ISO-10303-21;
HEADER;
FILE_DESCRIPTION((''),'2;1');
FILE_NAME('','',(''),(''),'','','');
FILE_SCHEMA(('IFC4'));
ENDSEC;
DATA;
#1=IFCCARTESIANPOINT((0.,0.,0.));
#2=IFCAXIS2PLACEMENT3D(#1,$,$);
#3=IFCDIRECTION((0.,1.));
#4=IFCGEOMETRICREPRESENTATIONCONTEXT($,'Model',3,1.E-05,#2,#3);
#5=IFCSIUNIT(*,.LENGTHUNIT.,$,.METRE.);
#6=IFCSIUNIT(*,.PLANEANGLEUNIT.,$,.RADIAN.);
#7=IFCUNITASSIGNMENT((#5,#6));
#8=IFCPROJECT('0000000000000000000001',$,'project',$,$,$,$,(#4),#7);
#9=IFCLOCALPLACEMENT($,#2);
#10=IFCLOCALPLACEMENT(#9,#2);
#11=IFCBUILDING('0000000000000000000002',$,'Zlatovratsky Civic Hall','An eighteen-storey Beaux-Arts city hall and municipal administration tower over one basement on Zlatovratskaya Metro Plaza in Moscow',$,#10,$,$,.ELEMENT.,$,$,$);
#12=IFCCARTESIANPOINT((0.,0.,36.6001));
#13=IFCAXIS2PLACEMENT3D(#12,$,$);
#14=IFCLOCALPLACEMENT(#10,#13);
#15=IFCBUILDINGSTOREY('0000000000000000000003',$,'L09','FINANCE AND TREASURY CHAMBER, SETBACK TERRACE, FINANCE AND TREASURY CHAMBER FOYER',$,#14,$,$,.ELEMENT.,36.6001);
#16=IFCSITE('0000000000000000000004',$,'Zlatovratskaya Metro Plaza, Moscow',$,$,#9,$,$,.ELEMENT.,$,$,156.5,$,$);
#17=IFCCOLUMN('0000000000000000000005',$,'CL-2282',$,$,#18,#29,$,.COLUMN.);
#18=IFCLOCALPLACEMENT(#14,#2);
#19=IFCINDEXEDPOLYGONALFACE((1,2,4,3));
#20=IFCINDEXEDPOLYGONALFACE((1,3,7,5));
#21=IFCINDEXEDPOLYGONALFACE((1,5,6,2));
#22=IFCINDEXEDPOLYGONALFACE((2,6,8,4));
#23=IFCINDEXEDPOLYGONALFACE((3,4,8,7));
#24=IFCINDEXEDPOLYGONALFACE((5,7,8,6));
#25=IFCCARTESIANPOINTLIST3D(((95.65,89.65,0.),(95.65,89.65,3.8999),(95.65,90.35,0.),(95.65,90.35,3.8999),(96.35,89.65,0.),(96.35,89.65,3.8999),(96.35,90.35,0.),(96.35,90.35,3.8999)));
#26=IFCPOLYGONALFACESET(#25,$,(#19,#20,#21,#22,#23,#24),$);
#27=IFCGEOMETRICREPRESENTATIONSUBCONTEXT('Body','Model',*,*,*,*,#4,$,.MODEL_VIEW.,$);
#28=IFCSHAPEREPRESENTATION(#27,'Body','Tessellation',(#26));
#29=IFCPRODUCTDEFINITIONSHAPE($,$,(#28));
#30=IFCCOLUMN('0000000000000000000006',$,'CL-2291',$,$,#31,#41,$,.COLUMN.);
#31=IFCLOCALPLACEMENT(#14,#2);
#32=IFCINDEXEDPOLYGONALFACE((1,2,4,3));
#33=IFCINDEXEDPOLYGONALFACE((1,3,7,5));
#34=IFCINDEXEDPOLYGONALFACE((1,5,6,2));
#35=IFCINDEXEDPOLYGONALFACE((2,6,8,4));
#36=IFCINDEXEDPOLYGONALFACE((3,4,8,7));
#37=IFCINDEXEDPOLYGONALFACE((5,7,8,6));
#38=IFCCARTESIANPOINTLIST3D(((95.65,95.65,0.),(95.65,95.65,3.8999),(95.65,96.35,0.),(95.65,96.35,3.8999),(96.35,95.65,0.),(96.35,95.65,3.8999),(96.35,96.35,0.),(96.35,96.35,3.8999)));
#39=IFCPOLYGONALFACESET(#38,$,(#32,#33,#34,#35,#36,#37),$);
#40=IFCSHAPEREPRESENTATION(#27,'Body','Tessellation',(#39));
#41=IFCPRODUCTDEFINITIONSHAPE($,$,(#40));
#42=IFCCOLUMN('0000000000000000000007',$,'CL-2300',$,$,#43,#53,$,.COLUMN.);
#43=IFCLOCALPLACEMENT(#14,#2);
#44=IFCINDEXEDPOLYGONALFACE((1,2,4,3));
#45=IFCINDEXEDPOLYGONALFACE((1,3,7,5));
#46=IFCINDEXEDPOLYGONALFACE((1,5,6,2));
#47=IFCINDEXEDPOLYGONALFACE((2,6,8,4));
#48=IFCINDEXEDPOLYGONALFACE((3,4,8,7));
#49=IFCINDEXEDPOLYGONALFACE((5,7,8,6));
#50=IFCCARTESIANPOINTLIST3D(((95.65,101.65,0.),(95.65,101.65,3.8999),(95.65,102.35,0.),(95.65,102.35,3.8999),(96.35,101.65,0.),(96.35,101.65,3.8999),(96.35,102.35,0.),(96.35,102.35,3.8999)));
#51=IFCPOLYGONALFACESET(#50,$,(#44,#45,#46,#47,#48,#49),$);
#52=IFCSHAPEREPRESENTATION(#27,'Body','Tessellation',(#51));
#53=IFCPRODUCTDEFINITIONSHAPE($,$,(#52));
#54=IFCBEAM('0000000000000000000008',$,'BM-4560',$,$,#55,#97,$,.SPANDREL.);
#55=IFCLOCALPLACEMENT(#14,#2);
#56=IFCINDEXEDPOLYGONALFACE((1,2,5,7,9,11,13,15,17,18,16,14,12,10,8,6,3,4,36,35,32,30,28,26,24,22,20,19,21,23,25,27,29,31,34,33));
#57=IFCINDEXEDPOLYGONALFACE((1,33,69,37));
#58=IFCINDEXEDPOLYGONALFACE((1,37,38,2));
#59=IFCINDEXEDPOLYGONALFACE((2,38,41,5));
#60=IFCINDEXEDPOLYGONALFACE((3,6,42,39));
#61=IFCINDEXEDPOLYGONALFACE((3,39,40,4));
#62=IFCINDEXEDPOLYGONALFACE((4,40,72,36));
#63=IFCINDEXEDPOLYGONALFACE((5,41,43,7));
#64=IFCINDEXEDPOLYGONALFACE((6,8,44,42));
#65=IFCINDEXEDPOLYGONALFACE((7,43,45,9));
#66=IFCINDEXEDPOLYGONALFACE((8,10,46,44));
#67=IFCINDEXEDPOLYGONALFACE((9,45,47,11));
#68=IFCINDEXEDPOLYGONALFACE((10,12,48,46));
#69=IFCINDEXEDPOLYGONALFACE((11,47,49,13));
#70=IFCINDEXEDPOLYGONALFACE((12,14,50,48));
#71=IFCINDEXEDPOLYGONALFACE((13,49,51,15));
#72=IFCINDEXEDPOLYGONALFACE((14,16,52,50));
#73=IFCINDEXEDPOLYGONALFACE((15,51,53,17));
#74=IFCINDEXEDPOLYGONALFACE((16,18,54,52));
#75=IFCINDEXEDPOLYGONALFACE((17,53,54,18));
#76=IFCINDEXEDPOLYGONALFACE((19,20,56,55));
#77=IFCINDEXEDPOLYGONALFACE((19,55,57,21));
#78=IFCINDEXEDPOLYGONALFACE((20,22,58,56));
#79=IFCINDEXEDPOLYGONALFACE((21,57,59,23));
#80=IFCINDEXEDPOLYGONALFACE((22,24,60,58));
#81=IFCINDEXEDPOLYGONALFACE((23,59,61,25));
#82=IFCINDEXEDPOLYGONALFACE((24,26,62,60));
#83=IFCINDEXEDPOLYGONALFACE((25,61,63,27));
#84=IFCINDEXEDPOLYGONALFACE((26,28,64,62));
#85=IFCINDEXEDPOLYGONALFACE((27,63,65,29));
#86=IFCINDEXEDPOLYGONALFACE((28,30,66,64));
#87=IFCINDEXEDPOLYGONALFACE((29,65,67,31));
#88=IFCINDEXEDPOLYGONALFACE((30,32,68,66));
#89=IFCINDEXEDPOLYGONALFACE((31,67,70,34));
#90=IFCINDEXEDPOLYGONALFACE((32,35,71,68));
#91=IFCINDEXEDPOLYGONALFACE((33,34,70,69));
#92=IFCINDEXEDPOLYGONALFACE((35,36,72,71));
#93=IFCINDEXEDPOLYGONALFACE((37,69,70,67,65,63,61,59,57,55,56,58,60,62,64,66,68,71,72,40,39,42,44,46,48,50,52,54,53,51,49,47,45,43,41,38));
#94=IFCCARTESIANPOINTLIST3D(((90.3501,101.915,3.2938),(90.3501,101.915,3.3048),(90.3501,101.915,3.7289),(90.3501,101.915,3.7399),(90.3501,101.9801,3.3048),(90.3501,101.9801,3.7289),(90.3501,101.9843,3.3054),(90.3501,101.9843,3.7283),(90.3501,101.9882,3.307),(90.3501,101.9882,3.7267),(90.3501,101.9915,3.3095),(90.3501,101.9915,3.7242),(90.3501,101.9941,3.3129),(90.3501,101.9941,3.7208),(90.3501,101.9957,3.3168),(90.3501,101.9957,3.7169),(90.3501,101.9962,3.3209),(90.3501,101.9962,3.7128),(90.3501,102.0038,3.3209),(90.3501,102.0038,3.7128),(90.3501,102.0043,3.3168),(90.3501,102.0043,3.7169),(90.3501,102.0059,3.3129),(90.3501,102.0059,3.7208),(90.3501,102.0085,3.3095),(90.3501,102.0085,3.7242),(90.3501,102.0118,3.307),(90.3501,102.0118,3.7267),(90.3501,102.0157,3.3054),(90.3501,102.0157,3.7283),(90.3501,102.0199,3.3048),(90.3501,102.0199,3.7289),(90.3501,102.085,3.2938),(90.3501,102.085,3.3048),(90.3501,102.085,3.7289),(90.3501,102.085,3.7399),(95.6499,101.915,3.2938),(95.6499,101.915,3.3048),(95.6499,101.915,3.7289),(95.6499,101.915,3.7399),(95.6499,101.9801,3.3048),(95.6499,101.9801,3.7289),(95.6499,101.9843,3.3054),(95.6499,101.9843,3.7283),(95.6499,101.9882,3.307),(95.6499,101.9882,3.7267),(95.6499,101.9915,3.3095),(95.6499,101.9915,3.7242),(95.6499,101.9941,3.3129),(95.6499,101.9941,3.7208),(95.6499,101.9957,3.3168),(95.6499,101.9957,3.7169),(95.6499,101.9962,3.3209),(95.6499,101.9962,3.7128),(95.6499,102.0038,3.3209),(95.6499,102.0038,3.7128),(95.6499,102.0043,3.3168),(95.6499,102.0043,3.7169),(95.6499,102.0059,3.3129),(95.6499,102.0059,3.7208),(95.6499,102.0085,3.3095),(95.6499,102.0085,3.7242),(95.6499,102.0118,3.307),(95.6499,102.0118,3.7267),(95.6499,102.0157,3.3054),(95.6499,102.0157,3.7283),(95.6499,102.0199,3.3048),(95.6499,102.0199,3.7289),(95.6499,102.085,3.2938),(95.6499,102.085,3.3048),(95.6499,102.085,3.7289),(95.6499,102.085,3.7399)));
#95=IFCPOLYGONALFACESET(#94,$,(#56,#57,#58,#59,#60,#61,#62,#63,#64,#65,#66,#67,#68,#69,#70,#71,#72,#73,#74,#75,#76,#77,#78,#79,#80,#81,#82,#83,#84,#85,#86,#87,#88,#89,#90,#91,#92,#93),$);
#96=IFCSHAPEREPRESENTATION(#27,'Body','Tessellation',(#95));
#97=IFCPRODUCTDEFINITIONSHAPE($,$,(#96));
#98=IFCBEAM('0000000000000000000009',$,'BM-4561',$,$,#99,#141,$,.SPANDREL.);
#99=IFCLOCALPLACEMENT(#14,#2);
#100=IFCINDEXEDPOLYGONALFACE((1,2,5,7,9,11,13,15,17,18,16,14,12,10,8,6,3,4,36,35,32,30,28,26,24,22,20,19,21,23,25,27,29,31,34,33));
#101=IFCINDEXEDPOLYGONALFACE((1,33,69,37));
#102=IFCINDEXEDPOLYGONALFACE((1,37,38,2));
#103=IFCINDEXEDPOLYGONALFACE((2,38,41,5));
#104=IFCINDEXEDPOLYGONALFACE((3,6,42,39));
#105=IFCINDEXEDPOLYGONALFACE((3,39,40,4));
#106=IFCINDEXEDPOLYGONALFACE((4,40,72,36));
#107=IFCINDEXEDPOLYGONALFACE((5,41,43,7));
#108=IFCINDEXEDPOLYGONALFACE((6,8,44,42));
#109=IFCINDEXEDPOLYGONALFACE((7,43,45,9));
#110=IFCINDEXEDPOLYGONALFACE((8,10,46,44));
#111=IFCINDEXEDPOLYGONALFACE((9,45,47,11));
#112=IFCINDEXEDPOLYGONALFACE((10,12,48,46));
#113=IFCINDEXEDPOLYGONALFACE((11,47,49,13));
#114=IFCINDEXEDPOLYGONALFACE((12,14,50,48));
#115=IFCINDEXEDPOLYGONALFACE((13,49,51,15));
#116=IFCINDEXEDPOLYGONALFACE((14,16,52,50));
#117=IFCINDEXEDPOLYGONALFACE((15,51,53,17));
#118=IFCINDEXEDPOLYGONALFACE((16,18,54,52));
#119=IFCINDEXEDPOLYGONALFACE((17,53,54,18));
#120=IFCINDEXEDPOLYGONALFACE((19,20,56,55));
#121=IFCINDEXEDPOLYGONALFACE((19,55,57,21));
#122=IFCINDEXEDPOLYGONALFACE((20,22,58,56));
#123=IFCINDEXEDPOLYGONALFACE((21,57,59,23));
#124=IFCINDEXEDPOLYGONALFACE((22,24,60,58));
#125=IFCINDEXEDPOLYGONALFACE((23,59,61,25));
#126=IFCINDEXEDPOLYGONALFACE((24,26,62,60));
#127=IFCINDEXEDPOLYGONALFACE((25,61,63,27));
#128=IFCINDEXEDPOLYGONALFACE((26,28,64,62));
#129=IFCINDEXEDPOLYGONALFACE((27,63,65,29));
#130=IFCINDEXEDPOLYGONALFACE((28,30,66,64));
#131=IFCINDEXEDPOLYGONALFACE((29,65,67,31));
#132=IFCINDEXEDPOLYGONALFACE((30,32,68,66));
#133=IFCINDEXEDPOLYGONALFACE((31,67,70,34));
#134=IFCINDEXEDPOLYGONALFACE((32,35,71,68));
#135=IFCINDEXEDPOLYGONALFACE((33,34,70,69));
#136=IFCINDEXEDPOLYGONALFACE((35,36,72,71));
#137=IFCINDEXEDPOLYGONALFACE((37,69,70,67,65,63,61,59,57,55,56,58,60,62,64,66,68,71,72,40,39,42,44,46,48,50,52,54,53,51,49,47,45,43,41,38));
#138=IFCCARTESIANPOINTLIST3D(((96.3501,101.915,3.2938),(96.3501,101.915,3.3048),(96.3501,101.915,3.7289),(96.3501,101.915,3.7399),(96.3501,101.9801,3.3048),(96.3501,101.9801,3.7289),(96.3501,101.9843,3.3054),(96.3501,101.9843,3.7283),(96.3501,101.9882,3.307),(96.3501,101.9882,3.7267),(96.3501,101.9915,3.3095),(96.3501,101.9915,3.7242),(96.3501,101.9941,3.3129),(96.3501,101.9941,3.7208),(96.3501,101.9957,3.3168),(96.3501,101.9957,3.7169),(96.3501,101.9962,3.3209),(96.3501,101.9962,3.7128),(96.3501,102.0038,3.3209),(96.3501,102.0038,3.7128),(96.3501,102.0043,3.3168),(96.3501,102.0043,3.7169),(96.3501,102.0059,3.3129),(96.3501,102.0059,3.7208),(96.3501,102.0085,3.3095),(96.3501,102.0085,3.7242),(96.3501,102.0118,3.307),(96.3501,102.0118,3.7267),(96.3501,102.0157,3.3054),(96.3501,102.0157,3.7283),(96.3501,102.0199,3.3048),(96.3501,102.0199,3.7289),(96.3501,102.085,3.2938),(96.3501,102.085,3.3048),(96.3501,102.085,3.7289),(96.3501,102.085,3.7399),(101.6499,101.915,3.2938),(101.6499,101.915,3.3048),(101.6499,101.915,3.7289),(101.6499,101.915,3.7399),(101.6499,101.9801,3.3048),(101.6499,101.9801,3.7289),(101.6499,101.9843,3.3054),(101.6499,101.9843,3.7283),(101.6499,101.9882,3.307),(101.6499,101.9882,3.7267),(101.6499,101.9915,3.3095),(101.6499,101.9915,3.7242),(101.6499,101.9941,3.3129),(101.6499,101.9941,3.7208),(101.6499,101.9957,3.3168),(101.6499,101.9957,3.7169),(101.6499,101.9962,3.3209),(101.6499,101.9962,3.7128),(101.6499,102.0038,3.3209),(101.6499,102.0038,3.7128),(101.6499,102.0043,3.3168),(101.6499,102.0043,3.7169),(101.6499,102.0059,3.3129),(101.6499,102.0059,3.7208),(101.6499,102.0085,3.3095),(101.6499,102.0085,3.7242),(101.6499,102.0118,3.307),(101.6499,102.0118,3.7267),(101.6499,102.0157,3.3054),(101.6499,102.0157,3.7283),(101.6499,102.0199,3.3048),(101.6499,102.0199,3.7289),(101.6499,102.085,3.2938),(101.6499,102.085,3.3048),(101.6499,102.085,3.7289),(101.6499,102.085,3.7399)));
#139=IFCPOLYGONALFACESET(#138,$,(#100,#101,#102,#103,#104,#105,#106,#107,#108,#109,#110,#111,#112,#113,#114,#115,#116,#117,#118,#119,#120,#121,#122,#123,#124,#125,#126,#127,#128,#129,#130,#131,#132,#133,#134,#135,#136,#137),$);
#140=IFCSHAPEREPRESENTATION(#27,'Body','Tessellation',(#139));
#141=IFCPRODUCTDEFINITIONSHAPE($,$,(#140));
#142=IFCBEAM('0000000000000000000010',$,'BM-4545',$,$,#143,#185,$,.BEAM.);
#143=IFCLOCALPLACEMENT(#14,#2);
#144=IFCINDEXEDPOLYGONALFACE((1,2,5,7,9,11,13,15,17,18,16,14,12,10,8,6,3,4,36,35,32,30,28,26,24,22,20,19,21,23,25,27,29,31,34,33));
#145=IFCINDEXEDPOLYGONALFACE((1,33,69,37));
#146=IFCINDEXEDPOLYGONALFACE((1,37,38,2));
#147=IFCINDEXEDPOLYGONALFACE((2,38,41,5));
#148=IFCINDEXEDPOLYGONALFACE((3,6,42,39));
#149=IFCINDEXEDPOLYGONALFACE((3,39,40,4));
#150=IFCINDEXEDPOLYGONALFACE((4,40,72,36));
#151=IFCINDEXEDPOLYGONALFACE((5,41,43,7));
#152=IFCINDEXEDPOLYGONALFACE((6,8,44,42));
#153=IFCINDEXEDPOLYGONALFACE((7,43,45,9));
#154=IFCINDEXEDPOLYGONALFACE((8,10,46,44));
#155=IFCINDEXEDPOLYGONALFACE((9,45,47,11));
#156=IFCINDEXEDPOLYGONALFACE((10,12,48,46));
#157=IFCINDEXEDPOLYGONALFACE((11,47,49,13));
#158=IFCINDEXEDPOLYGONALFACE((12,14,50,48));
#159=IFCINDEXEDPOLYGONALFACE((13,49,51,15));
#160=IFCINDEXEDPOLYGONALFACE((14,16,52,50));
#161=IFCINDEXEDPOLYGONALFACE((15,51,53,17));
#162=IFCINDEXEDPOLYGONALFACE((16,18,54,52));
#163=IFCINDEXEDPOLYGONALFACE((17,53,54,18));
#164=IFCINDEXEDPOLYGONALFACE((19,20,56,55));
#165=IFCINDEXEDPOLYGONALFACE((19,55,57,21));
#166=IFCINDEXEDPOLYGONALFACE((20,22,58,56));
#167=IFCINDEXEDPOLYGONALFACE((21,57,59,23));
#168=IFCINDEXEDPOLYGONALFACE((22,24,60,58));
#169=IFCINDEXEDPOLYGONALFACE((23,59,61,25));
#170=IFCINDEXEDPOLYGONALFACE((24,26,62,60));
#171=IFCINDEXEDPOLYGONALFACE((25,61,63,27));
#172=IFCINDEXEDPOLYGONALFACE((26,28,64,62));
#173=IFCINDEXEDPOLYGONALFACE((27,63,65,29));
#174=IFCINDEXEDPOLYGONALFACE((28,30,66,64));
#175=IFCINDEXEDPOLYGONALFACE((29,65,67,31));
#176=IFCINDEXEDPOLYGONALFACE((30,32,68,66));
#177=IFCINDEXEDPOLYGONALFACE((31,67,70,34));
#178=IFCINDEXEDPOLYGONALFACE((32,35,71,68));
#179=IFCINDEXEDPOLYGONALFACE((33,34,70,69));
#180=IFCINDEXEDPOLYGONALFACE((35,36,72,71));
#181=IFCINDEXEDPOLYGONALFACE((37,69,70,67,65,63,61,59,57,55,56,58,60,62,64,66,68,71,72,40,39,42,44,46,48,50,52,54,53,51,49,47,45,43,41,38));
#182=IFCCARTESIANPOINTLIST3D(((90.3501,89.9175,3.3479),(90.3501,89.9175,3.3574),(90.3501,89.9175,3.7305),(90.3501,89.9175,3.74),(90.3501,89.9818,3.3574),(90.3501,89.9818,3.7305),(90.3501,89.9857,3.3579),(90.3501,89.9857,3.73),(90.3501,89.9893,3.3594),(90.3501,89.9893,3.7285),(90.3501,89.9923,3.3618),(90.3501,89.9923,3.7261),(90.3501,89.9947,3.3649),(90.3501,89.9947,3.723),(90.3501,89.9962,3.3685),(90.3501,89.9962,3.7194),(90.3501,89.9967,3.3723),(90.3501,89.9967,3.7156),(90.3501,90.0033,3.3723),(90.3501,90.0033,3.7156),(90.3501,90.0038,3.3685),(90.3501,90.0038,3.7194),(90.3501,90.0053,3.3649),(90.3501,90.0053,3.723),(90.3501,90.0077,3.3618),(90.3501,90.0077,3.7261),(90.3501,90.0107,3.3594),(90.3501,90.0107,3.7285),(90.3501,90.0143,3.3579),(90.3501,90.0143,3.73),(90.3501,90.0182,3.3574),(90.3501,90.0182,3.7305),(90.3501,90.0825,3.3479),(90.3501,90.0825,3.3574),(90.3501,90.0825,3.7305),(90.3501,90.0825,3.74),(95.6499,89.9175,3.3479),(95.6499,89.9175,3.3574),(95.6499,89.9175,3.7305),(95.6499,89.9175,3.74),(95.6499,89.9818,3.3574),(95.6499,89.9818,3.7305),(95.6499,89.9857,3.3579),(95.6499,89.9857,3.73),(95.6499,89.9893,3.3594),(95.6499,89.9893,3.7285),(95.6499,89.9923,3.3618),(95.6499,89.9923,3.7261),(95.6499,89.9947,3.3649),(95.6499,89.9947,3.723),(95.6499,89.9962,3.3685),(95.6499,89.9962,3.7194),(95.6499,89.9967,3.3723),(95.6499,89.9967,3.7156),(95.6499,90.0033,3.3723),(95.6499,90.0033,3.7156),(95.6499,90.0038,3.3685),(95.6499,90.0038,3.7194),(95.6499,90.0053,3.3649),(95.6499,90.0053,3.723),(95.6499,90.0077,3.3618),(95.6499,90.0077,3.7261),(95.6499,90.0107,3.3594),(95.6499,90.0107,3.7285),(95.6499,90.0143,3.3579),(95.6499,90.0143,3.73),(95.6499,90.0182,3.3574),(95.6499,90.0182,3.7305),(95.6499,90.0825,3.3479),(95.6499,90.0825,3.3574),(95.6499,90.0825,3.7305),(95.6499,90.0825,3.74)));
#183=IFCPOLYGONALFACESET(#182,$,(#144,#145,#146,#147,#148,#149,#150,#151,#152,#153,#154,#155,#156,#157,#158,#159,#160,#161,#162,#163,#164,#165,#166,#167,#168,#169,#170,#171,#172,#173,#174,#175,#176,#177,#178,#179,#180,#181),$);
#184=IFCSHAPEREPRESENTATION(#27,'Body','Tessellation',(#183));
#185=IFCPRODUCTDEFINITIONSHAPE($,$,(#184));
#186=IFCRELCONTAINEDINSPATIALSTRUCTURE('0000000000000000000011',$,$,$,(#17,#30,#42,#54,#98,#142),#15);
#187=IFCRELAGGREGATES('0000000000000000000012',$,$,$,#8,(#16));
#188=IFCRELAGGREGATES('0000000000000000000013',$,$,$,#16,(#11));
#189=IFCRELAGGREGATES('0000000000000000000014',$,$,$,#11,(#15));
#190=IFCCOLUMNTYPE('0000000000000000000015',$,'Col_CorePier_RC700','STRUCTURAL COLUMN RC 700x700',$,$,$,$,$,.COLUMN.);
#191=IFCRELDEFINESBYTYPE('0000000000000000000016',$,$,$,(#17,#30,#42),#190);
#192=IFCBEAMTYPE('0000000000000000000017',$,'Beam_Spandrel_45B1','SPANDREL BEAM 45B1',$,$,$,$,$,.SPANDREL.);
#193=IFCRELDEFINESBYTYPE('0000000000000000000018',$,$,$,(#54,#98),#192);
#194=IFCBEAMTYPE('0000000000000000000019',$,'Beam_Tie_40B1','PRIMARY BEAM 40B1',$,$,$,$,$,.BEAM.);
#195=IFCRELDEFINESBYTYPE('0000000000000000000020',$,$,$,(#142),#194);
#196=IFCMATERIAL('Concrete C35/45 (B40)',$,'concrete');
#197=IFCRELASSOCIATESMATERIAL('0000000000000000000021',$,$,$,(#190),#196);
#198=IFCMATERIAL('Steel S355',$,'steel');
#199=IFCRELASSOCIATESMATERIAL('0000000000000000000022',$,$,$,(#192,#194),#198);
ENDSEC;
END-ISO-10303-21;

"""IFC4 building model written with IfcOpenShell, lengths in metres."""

from ifc_helpers import new_model, si_unit, direction, frame, origin, origin_2d, place, context, subcontext, project, spatial, rectangle, i_section, extrude, material, material_profile, profile_set, type_object, element, save


model = new_model("IFC4")

# Units and contexts
model_context = context("Model", 3, precision=1e-05, world=origin(), true_north=direction((0.0, 1.0)))
body_context = subcontext(model_context, "Body", "Model", "MODEL_VIEW")
ifc_project = project(units=[si_unit("LENGTHUNIT", "METRE"), si_unit("PLANEANGLEUNIT", "RADIAN")], contexts=[model_context])

# Site, building, storey
site_placement = place(None, origin())
site = spatial("IfcSite", under=ifc_project, at=site_placement, Name="Zlatovratskaya Metro Plaza, Moscow", CompositionType="ELEMENT", RefElevation=156.5)
building_placement = place(site_placement, origin())
building = spatial("IfcBuilding", under=site, at=building_placement, Name="Zlatovratsky Civic Hall", Description="An eighteen-storey Beaux-Arts city hall and municipal administration tower over one basement on Zlatovratskaya Metro Plaza in Moscow", CompositionType="ELEMENT")
storey_placement = place(building_placement, frame((0.0, 0.0, 36.6001)))
storey = spatial("IfcBuildingStorey", under=building, at=storey_placement, Name="L09", Description="FINANCE AND TREASURY CHAMBER, SETBACK TERRACE, FINANCE AND TREASURY CHAMBER FOYER", CompositionType="ELEMENT", Elevation=36.6001)

# Columns
ifc_material_1 = material(Name="Concrete C35/45 (B40)", Category="concrete")
ifc_material_profile_1 = material_profile(ifc_material_1, rectangle(XDim=0.7, YDim=0.7, at=origin_2d()), Name="RC 700x700")
ifc_profile_set_1 = profile_set([ifc_material_profile_1], Name="Concrete C35/45 (B40)")
column_type = type_object("IfcColumnType", Name="Col_CorePier_RC700", Description="STRUCTURAL COLUMN RC 700x700", PredefinedType="COLUMN", material=ifc_profile_set_1)
for number, where, z_axis, x_axis, name in (
    (1, (96.0, 90.0, 0.0), (0.0, 0.0, 1.0), (1.0, 0.0, 0.0), "CL-2282"),
    (2, (96.0, 96.0, 0.0), (0.0, 0.0, 1.0), (1.0, 0.0, 0.0), "CL-2291"),
    (3, (96.0, 102.0, 0.0), (0.0, 0.0, 1.0), (1.0, 0.0, 0.0), "CL-2300"),
):
    element("IfcColumn", number, at=place(storey_placement, frame(where, z_axis=z_axis, x_axis=x_axis)), inside=storey, type_object=column_type, Name=name, PredefinedType="COLUMN", context=body_context, shape_type="SweptSolid", body=[
        extrude(rectangle(XDim=0.7, YDim=0.7, at=origin_2d()), origin(), (0.0, 0.0, 1.0), 3.8999),
    ])

# Beams
ifc_material_2 = material(Name="Steel S355", Category="steel")
ifc_material_profile_2 = material_profile(ifc_material_2, i_section(OverallWidth=0.1699, OverallDepth=0.446, WebThickness=0.0076, FlangeThickness=0.011, FilletRadius=0.0161, at=origin_2d()), Name="45B1")
ifc_profile_set_2 = profile_set([ifc_material_profile_2], Name="Steel S355")
beam_type_1 = type_object("IfcBeamType", Name="Beam_Spandrel_45B1", Description="SPANDREL BEAM 45B1", PredefinedType="SPANDREL", material=ifc_profile_set_2)
for number, where, z_axis, x_axis, name in (
    (4, (90.3501, 102.0, 3.5168), (1.0, 0.0, 0.0), (0.0, 1.0, 0.0), "BM-4560"),
    (5, (96.3501, 102.0, 3.5168), (1.0, 0.0, 0.0), (0.0, 1.0, 0.0), "BM-4561"),
):
    element("IfcBeam", number, at=place(storey_placement, frame(where, z_axis=z_axis, x_axis=x_axis)), inside=storey, type_object=beam_type_1, Name=name, PredefinedType="SPANDREL", context=body_context, shape_type="SweptSolid", body=[
        extrude(i_section(OverallWidth=0.1699, OverallDepth=0.446, WebThickness=0.0076, FlangeThickness=0.011, FilletRadius=0.0161, at=origin_2d()), origin(), (0.0, 0.0, 1.0), 5.2998),
    ])
ifc_material_profile_3 = material_profile(ifc_material_2, i_section(OverallWidth=0.165, OverallDepth=0.3921, WebThickness=0.0066, FlangeThickness=0.0095, FilletRadius=0.0149, at=origin_2d()), Name="40B1")
ifc_profile_set_3 = profile_set([ifc_material_profile_3], Name="Steel S355")
beam_type_2 = type_object("IfcBeamType", Name="Beam_Tie_40B1", Description="PRIMARY BEAM 40B1", PredefinedType="BEAM", material=ifc_profile_set_3)
beam_1_placement = place(storey_placement, frame((90.3501, 90.0, 3.5439), z_axis=(1.0, 0.0, 0.0), x_axis=(0.0, 1.0, 0.0)))
element("IfcBeam", 6, at=beam_1_placement, inside=storey, type_object=beam_type_2, Name="BM-4545", PredefinedType="BEAM", context=body_context, shape_type="SweptSolid", body=[
    extrude(i_section(OverallWidth=0.165, OverallDepth=0.3921, WebThickness=0.0066, FlangeThickness=0.0095, FilletRadius=0.0149, at=origin_2d()), origin(), (0.0, 0.0, 1.0), 5.2998),
])

save(model, "model.ifc")
